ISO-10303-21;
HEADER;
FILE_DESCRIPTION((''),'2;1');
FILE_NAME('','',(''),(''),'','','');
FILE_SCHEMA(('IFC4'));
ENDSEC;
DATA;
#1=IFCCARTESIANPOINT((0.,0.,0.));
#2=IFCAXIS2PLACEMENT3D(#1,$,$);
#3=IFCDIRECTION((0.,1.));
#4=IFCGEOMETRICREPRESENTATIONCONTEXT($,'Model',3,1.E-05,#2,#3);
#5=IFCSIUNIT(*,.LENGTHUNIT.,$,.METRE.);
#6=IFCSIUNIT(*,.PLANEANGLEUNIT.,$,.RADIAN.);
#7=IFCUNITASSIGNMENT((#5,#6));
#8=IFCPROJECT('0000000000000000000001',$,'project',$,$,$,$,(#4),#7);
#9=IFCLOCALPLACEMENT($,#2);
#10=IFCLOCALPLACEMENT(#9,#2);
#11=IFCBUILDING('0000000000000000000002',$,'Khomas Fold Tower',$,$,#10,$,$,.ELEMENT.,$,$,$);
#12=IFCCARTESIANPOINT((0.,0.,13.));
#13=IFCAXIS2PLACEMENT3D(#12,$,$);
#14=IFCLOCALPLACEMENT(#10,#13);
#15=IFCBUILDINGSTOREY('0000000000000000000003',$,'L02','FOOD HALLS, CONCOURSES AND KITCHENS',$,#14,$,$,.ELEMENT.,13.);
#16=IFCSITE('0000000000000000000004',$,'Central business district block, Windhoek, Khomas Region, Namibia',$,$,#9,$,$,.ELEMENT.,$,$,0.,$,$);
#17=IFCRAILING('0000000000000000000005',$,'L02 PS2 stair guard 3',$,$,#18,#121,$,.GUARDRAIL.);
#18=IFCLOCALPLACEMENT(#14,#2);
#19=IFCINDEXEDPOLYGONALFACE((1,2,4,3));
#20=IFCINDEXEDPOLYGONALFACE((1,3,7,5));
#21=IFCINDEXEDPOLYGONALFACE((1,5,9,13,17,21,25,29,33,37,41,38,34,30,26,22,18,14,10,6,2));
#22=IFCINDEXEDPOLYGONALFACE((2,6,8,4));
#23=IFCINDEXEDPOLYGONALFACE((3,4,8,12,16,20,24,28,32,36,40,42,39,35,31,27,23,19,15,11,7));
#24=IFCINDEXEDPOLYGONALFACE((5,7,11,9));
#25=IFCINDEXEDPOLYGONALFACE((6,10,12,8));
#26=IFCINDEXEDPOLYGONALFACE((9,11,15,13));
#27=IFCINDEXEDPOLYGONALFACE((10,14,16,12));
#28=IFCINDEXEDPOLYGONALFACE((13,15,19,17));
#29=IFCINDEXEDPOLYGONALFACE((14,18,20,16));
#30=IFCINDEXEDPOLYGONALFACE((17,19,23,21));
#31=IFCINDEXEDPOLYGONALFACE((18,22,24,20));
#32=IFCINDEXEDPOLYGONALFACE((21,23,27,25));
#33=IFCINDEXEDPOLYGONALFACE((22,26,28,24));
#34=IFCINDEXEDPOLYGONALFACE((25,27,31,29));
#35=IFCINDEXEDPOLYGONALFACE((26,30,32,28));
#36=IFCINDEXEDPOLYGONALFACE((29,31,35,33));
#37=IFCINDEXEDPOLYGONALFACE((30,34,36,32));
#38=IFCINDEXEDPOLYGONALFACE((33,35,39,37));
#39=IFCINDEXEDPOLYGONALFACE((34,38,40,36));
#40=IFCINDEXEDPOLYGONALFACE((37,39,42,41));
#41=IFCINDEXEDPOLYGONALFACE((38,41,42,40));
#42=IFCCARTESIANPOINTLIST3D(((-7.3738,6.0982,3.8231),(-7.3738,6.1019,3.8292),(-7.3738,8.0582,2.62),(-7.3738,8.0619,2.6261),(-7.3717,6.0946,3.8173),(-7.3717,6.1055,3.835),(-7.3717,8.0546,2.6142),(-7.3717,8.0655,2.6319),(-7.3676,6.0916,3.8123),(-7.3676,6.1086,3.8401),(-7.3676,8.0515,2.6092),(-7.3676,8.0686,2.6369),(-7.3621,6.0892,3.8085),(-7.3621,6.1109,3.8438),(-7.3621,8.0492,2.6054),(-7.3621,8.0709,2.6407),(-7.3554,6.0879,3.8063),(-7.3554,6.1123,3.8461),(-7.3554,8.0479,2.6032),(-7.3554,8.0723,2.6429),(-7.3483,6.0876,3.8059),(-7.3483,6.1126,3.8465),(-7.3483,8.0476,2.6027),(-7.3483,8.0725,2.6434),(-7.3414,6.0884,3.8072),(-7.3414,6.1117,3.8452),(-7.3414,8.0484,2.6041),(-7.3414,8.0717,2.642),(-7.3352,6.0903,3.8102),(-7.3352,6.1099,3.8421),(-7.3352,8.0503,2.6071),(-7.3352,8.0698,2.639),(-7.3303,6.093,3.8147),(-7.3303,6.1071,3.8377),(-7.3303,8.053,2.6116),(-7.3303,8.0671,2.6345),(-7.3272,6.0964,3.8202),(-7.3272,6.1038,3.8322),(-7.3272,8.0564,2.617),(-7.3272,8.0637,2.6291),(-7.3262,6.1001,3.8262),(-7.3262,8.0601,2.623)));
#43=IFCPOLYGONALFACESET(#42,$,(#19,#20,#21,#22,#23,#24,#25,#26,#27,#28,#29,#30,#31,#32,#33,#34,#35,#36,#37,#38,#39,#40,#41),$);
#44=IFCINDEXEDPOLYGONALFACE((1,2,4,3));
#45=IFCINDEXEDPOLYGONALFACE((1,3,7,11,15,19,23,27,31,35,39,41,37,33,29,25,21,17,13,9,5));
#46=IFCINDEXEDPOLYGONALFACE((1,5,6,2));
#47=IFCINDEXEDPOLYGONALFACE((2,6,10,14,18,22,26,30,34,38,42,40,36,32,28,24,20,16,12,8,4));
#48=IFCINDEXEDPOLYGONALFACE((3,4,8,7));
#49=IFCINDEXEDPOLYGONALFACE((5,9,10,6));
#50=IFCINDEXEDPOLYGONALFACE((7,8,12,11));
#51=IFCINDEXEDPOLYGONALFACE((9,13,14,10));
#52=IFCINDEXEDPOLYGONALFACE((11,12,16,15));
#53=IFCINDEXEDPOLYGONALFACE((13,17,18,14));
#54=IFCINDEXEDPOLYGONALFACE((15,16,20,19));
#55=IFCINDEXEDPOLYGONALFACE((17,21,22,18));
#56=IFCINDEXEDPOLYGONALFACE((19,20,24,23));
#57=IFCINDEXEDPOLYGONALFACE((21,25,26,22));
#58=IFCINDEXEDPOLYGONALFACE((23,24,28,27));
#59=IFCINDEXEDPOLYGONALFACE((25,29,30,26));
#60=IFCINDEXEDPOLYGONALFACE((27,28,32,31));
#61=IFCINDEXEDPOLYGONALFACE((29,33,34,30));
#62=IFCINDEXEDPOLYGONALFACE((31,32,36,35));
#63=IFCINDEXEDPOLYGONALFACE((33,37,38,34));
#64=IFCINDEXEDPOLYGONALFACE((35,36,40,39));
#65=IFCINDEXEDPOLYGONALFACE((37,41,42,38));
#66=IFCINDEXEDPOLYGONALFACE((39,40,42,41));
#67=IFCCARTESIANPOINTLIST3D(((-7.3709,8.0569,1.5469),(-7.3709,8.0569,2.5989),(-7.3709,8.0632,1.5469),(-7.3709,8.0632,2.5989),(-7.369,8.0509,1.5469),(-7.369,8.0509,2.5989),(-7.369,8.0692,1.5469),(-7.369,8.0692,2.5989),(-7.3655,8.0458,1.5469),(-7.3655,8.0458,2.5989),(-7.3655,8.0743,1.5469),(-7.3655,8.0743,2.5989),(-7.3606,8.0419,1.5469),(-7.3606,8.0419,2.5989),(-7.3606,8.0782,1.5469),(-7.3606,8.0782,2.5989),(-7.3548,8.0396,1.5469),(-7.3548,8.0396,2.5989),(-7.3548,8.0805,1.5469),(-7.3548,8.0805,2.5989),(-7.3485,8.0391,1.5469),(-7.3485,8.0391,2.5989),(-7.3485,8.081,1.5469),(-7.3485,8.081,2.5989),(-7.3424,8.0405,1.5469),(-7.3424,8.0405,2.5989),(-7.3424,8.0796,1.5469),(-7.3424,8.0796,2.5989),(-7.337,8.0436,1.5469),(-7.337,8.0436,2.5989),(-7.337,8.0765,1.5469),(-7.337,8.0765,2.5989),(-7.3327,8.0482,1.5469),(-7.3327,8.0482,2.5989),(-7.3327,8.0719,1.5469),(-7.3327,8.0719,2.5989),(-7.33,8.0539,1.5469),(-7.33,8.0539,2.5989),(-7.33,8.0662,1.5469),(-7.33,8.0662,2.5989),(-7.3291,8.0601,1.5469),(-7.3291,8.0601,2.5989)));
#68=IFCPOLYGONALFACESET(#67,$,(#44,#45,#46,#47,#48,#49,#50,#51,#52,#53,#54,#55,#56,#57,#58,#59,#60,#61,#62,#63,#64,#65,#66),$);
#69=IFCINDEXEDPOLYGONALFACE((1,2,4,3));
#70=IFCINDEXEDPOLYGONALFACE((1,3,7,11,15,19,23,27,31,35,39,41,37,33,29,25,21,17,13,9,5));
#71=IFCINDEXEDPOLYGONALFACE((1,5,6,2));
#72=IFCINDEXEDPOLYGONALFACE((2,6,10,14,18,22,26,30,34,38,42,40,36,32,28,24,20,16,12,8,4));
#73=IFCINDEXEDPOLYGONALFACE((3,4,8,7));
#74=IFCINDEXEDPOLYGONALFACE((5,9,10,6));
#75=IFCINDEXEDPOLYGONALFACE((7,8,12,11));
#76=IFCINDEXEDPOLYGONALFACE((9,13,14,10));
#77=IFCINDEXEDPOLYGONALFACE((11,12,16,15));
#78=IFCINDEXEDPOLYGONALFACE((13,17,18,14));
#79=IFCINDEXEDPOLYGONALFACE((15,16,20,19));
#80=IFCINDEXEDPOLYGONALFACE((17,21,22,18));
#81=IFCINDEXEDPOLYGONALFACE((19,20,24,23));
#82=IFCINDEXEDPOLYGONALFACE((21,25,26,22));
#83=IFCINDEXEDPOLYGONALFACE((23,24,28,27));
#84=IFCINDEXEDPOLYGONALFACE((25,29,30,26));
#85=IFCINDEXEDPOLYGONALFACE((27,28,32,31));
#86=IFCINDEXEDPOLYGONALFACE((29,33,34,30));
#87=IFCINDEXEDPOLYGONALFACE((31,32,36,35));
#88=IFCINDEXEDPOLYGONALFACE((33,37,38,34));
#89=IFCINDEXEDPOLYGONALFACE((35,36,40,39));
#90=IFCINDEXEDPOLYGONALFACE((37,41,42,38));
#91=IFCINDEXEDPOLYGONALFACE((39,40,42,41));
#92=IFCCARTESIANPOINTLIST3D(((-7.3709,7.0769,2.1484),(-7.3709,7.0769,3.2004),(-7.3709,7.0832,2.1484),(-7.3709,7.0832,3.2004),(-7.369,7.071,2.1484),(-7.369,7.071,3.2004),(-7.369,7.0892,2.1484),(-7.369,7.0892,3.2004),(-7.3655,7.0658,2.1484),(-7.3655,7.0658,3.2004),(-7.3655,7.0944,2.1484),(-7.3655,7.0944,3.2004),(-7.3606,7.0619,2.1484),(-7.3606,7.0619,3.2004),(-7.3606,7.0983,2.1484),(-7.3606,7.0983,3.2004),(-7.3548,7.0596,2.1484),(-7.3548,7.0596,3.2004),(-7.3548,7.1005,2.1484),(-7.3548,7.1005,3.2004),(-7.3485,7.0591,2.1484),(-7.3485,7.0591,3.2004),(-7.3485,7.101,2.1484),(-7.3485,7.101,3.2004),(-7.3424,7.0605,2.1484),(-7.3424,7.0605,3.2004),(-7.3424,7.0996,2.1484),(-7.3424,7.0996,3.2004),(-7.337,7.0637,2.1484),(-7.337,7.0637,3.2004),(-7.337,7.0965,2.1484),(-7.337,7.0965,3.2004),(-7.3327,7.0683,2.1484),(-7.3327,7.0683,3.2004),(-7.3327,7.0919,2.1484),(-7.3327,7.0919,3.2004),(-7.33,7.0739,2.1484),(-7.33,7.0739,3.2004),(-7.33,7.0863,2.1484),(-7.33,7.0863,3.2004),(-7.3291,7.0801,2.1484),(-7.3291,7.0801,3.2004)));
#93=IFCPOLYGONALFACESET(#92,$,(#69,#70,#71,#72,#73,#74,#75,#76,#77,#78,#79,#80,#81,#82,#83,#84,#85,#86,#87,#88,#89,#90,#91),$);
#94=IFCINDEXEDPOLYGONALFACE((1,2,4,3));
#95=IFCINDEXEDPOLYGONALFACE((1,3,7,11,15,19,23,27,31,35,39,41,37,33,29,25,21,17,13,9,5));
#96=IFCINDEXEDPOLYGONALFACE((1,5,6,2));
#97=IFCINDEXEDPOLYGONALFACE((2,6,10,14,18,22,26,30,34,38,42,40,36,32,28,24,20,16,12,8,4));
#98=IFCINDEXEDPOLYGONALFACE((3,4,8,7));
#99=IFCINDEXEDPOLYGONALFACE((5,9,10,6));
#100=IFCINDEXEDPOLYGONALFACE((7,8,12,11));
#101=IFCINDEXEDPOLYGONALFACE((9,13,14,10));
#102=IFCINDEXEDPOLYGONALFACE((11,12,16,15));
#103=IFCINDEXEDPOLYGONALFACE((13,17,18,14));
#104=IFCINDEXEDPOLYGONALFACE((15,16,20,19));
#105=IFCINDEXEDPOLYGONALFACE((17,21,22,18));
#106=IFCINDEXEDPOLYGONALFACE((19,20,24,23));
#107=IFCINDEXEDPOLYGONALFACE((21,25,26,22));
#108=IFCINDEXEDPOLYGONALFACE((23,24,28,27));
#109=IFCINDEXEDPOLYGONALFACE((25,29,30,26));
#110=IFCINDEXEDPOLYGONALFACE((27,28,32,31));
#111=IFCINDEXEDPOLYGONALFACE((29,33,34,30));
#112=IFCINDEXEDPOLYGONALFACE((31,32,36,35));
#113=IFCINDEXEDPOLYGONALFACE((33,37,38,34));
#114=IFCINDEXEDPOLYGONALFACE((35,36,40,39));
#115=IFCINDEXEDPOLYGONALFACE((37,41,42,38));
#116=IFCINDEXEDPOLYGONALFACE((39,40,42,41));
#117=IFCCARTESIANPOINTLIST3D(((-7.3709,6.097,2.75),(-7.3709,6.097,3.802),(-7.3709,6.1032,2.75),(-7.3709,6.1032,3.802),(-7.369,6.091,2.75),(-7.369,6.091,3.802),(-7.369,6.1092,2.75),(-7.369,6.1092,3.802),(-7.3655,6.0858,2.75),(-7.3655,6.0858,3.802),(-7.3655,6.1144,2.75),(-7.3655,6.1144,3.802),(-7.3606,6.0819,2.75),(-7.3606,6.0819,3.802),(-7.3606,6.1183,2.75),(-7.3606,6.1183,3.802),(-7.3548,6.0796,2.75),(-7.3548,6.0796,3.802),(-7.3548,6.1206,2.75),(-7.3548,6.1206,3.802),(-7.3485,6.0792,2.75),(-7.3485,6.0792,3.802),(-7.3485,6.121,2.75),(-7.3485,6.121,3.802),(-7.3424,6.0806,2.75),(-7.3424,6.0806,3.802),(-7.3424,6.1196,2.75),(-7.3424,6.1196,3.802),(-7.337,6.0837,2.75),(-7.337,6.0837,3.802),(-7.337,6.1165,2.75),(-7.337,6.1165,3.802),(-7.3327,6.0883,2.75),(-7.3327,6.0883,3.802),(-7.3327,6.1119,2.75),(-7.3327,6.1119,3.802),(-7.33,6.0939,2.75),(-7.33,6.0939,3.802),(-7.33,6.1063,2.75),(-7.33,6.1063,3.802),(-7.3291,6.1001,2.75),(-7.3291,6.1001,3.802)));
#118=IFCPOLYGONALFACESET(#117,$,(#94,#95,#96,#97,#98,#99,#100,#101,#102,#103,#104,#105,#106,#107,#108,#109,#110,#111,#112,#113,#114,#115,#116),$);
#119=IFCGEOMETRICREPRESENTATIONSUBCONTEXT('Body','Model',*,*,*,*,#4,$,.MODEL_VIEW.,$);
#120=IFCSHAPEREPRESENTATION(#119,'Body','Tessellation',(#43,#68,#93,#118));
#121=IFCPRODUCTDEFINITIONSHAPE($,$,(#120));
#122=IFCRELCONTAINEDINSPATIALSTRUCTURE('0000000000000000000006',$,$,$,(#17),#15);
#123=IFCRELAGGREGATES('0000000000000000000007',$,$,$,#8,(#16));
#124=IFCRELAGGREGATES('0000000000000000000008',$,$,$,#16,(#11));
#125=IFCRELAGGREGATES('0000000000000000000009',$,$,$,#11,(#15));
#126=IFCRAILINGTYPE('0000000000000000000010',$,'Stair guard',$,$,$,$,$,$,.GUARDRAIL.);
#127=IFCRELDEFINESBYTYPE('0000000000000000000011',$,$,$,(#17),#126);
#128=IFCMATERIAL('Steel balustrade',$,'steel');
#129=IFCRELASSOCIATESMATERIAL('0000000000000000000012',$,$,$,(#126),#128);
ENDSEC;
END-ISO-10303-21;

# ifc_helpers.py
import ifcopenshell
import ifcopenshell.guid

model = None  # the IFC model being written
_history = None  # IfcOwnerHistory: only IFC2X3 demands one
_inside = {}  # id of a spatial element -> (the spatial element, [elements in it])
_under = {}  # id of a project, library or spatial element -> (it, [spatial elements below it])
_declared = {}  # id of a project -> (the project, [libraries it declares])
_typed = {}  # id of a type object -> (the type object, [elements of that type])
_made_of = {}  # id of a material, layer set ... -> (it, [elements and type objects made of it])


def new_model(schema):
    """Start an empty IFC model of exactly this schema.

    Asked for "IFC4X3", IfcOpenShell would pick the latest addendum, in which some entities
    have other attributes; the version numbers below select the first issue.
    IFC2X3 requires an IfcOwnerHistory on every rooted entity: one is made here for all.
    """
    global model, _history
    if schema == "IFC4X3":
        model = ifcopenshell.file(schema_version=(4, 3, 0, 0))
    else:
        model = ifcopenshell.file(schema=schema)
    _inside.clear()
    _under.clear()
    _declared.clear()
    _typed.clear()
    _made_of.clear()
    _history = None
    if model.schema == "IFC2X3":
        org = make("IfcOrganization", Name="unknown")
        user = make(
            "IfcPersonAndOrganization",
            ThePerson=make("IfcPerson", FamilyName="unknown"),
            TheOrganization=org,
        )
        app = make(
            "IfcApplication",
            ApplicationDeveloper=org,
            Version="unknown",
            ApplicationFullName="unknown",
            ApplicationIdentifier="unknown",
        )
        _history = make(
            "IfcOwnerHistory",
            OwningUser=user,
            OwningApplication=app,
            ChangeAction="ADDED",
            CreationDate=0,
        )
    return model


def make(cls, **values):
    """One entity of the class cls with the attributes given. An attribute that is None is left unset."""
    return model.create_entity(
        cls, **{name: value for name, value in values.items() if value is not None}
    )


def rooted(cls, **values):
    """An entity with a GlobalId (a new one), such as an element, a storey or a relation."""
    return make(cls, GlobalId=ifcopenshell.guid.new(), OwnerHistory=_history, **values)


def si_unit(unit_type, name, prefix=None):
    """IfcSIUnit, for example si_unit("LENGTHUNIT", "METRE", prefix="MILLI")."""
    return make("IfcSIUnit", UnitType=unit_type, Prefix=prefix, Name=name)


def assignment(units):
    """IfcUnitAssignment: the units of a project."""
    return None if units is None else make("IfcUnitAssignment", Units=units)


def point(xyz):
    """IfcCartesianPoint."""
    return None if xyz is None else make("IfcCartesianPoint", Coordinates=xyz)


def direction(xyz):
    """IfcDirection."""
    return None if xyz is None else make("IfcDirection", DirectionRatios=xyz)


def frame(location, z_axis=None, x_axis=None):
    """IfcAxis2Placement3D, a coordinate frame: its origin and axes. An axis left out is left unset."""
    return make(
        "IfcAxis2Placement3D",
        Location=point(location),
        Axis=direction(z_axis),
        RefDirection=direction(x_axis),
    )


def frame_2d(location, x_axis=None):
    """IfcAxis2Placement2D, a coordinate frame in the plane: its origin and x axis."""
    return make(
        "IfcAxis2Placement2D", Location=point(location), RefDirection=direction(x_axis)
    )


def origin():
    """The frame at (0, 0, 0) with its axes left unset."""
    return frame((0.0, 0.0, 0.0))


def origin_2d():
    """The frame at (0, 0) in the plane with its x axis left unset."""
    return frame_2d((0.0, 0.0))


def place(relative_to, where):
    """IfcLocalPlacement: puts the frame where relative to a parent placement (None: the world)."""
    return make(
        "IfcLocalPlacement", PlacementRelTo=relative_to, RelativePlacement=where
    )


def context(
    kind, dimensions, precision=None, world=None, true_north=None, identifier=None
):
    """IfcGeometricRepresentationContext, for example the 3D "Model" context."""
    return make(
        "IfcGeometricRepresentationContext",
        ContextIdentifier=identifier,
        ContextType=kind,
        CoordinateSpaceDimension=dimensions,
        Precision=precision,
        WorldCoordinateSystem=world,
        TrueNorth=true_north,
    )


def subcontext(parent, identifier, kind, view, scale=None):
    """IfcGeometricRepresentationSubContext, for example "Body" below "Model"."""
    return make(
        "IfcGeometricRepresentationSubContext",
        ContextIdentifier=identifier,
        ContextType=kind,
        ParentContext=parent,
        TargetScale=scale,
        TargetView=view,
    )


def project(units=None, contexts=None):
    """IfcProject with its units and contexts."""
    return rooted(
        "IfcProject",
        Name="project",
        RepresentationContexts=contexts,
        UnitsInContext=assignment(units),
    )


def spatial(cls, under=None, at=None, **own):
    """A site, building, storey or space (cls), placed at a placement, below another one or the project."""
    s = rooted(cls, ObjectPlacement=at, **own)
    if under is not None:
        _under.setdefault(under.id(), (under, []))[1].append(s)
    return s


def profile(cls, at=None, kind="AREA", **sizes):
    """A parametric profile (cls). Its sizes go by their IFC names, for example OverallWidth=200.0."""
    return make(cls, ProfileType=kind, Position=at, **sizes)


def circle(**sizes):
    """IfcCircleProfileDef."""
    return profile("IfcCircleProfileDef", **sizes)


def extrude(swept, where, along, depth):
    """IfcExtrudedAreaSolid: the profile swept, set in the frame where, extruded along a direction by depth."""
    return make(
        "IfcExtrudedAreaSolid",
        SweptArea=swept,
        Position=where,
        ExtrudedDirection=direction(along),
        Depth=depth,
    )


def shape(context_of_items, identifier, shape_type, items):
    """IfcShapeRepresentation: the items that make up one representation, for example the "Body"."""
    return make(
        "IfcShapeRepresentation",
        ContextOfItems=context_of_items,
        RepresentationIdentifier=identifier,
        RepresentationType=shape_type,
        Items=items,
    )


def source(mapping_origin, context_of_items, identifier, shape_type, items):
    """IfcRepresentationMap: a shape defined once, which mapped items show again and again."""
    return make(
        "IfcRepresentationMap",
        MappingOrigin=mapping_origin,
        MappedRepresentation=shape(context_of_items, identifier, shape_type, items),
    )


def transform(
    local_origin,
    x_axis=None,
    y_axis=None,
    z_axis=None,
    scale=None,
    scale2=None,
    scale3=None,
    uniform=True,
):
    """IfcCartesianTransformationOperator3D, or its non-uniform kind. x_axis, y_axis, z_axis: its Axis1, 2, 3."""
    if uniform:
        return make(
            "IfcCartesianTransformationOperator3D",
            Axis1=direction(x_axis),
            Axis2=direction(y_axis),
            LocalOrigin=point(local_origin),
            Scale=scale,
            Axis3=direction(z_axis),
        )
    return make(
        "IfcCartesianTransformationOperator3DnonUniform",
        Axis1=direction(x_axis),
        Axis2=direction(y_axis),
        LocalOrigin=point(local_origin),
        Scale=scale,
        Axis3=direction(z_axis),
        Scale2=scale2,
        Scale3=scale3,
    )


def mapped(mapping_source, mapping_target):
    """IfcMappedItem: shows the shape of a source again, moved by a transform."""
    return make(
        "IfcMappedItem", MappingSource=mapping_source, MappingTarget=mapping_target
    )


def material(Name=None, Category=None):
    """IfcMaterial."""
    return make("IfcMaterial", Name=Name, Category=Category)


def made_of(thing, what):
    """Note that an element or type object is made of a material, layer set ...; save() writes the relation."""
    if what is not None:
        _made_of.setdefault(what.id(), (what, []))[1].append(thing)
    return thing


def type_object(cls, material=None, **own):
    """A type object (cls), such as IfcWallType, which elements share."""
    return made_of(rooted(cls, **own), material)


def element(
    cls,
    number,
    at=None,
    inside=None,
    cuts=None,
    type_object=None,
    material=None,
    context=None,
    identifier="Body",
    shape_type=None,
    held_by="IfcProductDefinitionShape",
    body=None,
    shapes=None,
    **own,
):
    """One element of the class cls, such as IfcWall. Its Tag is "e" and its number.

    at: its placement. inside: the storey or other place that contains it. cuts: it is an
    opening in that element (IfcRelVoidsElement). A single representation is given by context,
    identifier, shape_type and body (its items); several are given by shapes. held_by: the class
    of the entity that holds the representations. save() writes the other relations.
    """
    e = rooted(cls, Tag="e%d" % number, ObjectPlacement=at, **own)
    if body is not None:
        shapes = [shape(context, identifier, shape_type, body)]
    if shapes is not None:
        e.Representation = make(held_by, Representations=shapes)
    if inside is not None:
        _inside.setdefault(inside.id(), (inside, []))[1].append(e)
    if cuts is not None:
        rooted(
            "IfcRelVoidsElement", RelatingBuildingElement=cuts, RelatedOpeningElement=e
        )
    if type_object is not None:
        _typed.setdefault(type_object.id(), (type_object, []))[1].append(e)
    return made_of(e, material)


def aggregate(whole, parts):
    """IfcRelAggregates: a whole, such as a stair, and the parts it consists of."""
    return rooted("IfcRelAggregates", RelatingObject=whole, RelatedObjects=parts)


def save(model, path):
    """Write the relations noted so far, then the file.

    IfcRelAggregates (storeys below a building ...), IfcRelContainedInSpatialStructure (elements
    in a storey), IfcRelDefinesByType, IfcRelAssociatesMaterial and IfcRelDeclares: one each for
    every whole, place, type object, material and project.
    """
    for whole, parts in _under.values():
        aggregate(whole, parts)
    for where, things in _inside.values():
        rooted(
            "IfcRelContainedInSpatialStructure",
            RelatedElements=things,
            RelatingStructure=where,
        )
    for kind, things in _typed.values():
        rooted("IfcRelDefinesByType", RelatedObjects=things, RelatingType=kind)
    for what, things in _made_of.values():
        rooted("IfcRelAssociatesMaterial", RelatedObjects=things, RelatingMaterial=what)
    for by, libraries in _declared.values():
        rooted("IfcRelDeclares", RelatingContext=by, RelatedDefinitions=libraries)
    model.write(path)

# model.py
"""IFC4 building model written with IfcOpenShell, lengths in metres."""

from ifc_helpers import new_model, si_unit, direction, frame, origin, origin_2d, place, context, subcontext, project, spatial, circle, extrude, source, transform, mapped, material, type_object, element, save


model = new_model("IFC4")

# Units and contexts
model_context = context("Model", 3, precision=1e-05, world=origin(), true_north=direction((0.0, 1.0)))
body_context = subcontext(model_context, "Body", "Model", "MODEL_VIEW")
ifc_project = project(units=[si_unit("LENGTHUNIT", "METRE"), si_unit("PLANEANGLEUNIT", "RADIAN")], contexts=[model_context])

# Site, building, storey
site_placement = place(None, origin())
site = spatial("IfcSite", under=ifc_project, at=site_placement, Name="Central business district block, Windhoek, Khomas Region, Namibia", CompositionType="ELEMENT", RefElevation=0.0)
building_placement = place(site_placement, origin())
building = spatial("IfcBuilding", under=site, at=building_placement, Name="Khomas Fold Tower", CompositionType="ELEMENT")
storey_placement = place(building_placement, frame((0.0, 0.0, 13.0)))
storey = spatial("IfcBuildingStorey", under=building, at=storey_placement, Name="L02", Description="FOOD HALLS, CONCOURSES AND KITCHENS", CompositionType="ELEMENT", Elevation=13.0)

# Railing
ifc_material_1 = material(Name="Steel balustrade", Category="steel")
railing_type_1 = type_object("IfcRailingType", Name="Stair guard", PredefinedType="GUARDRAIL", material=ifc_material_1)
shared_shape_1 = source(origin(), body_context, "Body", "SweptSolid", [
    extrude(circle(Radius=0.0239, at=origin_2d()), frame((0.0, 0.0, 1.0762), z_axis=(0.0, -0.852241, 0.523149), x_axis=(1.0, 0.0, 0.0)), (0.0, 0.0, 1.0), 2.2998),
    extrude(circle(Radius=0.021, at=origin_2d()), origin(), (0.0, 0.0, 1.0), 1.052),
    extrude(circle(Radius=0.021, at=origin_2d()), frame((0.0, -0.98, 0.6016)), (0.0, 0.0, 1.0), 1.052),
    extrude(circle(Radius=0.021, at=origin_2d()), frame((0.0, -1.96, 1.2031)), (0.0, 0.0, 1.0), 1.052),
])
for number, where, name in (
    (1, (-7.3501, 8.0601, 1.5469), "L02 PS2 stair guard 3"),
):
    element("IfcRailing", number, at=place(storey_placement, frame(where)), inside=storey, type_object=railing_type_1, Name=name, PredefinedType="GUARDRAIL", context=body_context, shape_type="MappedRepresentation", body=[
        mapped(shared_shape_1, transform((0.0, 0.0, 0.0))),
    ])

save(model, "model.ifc")
